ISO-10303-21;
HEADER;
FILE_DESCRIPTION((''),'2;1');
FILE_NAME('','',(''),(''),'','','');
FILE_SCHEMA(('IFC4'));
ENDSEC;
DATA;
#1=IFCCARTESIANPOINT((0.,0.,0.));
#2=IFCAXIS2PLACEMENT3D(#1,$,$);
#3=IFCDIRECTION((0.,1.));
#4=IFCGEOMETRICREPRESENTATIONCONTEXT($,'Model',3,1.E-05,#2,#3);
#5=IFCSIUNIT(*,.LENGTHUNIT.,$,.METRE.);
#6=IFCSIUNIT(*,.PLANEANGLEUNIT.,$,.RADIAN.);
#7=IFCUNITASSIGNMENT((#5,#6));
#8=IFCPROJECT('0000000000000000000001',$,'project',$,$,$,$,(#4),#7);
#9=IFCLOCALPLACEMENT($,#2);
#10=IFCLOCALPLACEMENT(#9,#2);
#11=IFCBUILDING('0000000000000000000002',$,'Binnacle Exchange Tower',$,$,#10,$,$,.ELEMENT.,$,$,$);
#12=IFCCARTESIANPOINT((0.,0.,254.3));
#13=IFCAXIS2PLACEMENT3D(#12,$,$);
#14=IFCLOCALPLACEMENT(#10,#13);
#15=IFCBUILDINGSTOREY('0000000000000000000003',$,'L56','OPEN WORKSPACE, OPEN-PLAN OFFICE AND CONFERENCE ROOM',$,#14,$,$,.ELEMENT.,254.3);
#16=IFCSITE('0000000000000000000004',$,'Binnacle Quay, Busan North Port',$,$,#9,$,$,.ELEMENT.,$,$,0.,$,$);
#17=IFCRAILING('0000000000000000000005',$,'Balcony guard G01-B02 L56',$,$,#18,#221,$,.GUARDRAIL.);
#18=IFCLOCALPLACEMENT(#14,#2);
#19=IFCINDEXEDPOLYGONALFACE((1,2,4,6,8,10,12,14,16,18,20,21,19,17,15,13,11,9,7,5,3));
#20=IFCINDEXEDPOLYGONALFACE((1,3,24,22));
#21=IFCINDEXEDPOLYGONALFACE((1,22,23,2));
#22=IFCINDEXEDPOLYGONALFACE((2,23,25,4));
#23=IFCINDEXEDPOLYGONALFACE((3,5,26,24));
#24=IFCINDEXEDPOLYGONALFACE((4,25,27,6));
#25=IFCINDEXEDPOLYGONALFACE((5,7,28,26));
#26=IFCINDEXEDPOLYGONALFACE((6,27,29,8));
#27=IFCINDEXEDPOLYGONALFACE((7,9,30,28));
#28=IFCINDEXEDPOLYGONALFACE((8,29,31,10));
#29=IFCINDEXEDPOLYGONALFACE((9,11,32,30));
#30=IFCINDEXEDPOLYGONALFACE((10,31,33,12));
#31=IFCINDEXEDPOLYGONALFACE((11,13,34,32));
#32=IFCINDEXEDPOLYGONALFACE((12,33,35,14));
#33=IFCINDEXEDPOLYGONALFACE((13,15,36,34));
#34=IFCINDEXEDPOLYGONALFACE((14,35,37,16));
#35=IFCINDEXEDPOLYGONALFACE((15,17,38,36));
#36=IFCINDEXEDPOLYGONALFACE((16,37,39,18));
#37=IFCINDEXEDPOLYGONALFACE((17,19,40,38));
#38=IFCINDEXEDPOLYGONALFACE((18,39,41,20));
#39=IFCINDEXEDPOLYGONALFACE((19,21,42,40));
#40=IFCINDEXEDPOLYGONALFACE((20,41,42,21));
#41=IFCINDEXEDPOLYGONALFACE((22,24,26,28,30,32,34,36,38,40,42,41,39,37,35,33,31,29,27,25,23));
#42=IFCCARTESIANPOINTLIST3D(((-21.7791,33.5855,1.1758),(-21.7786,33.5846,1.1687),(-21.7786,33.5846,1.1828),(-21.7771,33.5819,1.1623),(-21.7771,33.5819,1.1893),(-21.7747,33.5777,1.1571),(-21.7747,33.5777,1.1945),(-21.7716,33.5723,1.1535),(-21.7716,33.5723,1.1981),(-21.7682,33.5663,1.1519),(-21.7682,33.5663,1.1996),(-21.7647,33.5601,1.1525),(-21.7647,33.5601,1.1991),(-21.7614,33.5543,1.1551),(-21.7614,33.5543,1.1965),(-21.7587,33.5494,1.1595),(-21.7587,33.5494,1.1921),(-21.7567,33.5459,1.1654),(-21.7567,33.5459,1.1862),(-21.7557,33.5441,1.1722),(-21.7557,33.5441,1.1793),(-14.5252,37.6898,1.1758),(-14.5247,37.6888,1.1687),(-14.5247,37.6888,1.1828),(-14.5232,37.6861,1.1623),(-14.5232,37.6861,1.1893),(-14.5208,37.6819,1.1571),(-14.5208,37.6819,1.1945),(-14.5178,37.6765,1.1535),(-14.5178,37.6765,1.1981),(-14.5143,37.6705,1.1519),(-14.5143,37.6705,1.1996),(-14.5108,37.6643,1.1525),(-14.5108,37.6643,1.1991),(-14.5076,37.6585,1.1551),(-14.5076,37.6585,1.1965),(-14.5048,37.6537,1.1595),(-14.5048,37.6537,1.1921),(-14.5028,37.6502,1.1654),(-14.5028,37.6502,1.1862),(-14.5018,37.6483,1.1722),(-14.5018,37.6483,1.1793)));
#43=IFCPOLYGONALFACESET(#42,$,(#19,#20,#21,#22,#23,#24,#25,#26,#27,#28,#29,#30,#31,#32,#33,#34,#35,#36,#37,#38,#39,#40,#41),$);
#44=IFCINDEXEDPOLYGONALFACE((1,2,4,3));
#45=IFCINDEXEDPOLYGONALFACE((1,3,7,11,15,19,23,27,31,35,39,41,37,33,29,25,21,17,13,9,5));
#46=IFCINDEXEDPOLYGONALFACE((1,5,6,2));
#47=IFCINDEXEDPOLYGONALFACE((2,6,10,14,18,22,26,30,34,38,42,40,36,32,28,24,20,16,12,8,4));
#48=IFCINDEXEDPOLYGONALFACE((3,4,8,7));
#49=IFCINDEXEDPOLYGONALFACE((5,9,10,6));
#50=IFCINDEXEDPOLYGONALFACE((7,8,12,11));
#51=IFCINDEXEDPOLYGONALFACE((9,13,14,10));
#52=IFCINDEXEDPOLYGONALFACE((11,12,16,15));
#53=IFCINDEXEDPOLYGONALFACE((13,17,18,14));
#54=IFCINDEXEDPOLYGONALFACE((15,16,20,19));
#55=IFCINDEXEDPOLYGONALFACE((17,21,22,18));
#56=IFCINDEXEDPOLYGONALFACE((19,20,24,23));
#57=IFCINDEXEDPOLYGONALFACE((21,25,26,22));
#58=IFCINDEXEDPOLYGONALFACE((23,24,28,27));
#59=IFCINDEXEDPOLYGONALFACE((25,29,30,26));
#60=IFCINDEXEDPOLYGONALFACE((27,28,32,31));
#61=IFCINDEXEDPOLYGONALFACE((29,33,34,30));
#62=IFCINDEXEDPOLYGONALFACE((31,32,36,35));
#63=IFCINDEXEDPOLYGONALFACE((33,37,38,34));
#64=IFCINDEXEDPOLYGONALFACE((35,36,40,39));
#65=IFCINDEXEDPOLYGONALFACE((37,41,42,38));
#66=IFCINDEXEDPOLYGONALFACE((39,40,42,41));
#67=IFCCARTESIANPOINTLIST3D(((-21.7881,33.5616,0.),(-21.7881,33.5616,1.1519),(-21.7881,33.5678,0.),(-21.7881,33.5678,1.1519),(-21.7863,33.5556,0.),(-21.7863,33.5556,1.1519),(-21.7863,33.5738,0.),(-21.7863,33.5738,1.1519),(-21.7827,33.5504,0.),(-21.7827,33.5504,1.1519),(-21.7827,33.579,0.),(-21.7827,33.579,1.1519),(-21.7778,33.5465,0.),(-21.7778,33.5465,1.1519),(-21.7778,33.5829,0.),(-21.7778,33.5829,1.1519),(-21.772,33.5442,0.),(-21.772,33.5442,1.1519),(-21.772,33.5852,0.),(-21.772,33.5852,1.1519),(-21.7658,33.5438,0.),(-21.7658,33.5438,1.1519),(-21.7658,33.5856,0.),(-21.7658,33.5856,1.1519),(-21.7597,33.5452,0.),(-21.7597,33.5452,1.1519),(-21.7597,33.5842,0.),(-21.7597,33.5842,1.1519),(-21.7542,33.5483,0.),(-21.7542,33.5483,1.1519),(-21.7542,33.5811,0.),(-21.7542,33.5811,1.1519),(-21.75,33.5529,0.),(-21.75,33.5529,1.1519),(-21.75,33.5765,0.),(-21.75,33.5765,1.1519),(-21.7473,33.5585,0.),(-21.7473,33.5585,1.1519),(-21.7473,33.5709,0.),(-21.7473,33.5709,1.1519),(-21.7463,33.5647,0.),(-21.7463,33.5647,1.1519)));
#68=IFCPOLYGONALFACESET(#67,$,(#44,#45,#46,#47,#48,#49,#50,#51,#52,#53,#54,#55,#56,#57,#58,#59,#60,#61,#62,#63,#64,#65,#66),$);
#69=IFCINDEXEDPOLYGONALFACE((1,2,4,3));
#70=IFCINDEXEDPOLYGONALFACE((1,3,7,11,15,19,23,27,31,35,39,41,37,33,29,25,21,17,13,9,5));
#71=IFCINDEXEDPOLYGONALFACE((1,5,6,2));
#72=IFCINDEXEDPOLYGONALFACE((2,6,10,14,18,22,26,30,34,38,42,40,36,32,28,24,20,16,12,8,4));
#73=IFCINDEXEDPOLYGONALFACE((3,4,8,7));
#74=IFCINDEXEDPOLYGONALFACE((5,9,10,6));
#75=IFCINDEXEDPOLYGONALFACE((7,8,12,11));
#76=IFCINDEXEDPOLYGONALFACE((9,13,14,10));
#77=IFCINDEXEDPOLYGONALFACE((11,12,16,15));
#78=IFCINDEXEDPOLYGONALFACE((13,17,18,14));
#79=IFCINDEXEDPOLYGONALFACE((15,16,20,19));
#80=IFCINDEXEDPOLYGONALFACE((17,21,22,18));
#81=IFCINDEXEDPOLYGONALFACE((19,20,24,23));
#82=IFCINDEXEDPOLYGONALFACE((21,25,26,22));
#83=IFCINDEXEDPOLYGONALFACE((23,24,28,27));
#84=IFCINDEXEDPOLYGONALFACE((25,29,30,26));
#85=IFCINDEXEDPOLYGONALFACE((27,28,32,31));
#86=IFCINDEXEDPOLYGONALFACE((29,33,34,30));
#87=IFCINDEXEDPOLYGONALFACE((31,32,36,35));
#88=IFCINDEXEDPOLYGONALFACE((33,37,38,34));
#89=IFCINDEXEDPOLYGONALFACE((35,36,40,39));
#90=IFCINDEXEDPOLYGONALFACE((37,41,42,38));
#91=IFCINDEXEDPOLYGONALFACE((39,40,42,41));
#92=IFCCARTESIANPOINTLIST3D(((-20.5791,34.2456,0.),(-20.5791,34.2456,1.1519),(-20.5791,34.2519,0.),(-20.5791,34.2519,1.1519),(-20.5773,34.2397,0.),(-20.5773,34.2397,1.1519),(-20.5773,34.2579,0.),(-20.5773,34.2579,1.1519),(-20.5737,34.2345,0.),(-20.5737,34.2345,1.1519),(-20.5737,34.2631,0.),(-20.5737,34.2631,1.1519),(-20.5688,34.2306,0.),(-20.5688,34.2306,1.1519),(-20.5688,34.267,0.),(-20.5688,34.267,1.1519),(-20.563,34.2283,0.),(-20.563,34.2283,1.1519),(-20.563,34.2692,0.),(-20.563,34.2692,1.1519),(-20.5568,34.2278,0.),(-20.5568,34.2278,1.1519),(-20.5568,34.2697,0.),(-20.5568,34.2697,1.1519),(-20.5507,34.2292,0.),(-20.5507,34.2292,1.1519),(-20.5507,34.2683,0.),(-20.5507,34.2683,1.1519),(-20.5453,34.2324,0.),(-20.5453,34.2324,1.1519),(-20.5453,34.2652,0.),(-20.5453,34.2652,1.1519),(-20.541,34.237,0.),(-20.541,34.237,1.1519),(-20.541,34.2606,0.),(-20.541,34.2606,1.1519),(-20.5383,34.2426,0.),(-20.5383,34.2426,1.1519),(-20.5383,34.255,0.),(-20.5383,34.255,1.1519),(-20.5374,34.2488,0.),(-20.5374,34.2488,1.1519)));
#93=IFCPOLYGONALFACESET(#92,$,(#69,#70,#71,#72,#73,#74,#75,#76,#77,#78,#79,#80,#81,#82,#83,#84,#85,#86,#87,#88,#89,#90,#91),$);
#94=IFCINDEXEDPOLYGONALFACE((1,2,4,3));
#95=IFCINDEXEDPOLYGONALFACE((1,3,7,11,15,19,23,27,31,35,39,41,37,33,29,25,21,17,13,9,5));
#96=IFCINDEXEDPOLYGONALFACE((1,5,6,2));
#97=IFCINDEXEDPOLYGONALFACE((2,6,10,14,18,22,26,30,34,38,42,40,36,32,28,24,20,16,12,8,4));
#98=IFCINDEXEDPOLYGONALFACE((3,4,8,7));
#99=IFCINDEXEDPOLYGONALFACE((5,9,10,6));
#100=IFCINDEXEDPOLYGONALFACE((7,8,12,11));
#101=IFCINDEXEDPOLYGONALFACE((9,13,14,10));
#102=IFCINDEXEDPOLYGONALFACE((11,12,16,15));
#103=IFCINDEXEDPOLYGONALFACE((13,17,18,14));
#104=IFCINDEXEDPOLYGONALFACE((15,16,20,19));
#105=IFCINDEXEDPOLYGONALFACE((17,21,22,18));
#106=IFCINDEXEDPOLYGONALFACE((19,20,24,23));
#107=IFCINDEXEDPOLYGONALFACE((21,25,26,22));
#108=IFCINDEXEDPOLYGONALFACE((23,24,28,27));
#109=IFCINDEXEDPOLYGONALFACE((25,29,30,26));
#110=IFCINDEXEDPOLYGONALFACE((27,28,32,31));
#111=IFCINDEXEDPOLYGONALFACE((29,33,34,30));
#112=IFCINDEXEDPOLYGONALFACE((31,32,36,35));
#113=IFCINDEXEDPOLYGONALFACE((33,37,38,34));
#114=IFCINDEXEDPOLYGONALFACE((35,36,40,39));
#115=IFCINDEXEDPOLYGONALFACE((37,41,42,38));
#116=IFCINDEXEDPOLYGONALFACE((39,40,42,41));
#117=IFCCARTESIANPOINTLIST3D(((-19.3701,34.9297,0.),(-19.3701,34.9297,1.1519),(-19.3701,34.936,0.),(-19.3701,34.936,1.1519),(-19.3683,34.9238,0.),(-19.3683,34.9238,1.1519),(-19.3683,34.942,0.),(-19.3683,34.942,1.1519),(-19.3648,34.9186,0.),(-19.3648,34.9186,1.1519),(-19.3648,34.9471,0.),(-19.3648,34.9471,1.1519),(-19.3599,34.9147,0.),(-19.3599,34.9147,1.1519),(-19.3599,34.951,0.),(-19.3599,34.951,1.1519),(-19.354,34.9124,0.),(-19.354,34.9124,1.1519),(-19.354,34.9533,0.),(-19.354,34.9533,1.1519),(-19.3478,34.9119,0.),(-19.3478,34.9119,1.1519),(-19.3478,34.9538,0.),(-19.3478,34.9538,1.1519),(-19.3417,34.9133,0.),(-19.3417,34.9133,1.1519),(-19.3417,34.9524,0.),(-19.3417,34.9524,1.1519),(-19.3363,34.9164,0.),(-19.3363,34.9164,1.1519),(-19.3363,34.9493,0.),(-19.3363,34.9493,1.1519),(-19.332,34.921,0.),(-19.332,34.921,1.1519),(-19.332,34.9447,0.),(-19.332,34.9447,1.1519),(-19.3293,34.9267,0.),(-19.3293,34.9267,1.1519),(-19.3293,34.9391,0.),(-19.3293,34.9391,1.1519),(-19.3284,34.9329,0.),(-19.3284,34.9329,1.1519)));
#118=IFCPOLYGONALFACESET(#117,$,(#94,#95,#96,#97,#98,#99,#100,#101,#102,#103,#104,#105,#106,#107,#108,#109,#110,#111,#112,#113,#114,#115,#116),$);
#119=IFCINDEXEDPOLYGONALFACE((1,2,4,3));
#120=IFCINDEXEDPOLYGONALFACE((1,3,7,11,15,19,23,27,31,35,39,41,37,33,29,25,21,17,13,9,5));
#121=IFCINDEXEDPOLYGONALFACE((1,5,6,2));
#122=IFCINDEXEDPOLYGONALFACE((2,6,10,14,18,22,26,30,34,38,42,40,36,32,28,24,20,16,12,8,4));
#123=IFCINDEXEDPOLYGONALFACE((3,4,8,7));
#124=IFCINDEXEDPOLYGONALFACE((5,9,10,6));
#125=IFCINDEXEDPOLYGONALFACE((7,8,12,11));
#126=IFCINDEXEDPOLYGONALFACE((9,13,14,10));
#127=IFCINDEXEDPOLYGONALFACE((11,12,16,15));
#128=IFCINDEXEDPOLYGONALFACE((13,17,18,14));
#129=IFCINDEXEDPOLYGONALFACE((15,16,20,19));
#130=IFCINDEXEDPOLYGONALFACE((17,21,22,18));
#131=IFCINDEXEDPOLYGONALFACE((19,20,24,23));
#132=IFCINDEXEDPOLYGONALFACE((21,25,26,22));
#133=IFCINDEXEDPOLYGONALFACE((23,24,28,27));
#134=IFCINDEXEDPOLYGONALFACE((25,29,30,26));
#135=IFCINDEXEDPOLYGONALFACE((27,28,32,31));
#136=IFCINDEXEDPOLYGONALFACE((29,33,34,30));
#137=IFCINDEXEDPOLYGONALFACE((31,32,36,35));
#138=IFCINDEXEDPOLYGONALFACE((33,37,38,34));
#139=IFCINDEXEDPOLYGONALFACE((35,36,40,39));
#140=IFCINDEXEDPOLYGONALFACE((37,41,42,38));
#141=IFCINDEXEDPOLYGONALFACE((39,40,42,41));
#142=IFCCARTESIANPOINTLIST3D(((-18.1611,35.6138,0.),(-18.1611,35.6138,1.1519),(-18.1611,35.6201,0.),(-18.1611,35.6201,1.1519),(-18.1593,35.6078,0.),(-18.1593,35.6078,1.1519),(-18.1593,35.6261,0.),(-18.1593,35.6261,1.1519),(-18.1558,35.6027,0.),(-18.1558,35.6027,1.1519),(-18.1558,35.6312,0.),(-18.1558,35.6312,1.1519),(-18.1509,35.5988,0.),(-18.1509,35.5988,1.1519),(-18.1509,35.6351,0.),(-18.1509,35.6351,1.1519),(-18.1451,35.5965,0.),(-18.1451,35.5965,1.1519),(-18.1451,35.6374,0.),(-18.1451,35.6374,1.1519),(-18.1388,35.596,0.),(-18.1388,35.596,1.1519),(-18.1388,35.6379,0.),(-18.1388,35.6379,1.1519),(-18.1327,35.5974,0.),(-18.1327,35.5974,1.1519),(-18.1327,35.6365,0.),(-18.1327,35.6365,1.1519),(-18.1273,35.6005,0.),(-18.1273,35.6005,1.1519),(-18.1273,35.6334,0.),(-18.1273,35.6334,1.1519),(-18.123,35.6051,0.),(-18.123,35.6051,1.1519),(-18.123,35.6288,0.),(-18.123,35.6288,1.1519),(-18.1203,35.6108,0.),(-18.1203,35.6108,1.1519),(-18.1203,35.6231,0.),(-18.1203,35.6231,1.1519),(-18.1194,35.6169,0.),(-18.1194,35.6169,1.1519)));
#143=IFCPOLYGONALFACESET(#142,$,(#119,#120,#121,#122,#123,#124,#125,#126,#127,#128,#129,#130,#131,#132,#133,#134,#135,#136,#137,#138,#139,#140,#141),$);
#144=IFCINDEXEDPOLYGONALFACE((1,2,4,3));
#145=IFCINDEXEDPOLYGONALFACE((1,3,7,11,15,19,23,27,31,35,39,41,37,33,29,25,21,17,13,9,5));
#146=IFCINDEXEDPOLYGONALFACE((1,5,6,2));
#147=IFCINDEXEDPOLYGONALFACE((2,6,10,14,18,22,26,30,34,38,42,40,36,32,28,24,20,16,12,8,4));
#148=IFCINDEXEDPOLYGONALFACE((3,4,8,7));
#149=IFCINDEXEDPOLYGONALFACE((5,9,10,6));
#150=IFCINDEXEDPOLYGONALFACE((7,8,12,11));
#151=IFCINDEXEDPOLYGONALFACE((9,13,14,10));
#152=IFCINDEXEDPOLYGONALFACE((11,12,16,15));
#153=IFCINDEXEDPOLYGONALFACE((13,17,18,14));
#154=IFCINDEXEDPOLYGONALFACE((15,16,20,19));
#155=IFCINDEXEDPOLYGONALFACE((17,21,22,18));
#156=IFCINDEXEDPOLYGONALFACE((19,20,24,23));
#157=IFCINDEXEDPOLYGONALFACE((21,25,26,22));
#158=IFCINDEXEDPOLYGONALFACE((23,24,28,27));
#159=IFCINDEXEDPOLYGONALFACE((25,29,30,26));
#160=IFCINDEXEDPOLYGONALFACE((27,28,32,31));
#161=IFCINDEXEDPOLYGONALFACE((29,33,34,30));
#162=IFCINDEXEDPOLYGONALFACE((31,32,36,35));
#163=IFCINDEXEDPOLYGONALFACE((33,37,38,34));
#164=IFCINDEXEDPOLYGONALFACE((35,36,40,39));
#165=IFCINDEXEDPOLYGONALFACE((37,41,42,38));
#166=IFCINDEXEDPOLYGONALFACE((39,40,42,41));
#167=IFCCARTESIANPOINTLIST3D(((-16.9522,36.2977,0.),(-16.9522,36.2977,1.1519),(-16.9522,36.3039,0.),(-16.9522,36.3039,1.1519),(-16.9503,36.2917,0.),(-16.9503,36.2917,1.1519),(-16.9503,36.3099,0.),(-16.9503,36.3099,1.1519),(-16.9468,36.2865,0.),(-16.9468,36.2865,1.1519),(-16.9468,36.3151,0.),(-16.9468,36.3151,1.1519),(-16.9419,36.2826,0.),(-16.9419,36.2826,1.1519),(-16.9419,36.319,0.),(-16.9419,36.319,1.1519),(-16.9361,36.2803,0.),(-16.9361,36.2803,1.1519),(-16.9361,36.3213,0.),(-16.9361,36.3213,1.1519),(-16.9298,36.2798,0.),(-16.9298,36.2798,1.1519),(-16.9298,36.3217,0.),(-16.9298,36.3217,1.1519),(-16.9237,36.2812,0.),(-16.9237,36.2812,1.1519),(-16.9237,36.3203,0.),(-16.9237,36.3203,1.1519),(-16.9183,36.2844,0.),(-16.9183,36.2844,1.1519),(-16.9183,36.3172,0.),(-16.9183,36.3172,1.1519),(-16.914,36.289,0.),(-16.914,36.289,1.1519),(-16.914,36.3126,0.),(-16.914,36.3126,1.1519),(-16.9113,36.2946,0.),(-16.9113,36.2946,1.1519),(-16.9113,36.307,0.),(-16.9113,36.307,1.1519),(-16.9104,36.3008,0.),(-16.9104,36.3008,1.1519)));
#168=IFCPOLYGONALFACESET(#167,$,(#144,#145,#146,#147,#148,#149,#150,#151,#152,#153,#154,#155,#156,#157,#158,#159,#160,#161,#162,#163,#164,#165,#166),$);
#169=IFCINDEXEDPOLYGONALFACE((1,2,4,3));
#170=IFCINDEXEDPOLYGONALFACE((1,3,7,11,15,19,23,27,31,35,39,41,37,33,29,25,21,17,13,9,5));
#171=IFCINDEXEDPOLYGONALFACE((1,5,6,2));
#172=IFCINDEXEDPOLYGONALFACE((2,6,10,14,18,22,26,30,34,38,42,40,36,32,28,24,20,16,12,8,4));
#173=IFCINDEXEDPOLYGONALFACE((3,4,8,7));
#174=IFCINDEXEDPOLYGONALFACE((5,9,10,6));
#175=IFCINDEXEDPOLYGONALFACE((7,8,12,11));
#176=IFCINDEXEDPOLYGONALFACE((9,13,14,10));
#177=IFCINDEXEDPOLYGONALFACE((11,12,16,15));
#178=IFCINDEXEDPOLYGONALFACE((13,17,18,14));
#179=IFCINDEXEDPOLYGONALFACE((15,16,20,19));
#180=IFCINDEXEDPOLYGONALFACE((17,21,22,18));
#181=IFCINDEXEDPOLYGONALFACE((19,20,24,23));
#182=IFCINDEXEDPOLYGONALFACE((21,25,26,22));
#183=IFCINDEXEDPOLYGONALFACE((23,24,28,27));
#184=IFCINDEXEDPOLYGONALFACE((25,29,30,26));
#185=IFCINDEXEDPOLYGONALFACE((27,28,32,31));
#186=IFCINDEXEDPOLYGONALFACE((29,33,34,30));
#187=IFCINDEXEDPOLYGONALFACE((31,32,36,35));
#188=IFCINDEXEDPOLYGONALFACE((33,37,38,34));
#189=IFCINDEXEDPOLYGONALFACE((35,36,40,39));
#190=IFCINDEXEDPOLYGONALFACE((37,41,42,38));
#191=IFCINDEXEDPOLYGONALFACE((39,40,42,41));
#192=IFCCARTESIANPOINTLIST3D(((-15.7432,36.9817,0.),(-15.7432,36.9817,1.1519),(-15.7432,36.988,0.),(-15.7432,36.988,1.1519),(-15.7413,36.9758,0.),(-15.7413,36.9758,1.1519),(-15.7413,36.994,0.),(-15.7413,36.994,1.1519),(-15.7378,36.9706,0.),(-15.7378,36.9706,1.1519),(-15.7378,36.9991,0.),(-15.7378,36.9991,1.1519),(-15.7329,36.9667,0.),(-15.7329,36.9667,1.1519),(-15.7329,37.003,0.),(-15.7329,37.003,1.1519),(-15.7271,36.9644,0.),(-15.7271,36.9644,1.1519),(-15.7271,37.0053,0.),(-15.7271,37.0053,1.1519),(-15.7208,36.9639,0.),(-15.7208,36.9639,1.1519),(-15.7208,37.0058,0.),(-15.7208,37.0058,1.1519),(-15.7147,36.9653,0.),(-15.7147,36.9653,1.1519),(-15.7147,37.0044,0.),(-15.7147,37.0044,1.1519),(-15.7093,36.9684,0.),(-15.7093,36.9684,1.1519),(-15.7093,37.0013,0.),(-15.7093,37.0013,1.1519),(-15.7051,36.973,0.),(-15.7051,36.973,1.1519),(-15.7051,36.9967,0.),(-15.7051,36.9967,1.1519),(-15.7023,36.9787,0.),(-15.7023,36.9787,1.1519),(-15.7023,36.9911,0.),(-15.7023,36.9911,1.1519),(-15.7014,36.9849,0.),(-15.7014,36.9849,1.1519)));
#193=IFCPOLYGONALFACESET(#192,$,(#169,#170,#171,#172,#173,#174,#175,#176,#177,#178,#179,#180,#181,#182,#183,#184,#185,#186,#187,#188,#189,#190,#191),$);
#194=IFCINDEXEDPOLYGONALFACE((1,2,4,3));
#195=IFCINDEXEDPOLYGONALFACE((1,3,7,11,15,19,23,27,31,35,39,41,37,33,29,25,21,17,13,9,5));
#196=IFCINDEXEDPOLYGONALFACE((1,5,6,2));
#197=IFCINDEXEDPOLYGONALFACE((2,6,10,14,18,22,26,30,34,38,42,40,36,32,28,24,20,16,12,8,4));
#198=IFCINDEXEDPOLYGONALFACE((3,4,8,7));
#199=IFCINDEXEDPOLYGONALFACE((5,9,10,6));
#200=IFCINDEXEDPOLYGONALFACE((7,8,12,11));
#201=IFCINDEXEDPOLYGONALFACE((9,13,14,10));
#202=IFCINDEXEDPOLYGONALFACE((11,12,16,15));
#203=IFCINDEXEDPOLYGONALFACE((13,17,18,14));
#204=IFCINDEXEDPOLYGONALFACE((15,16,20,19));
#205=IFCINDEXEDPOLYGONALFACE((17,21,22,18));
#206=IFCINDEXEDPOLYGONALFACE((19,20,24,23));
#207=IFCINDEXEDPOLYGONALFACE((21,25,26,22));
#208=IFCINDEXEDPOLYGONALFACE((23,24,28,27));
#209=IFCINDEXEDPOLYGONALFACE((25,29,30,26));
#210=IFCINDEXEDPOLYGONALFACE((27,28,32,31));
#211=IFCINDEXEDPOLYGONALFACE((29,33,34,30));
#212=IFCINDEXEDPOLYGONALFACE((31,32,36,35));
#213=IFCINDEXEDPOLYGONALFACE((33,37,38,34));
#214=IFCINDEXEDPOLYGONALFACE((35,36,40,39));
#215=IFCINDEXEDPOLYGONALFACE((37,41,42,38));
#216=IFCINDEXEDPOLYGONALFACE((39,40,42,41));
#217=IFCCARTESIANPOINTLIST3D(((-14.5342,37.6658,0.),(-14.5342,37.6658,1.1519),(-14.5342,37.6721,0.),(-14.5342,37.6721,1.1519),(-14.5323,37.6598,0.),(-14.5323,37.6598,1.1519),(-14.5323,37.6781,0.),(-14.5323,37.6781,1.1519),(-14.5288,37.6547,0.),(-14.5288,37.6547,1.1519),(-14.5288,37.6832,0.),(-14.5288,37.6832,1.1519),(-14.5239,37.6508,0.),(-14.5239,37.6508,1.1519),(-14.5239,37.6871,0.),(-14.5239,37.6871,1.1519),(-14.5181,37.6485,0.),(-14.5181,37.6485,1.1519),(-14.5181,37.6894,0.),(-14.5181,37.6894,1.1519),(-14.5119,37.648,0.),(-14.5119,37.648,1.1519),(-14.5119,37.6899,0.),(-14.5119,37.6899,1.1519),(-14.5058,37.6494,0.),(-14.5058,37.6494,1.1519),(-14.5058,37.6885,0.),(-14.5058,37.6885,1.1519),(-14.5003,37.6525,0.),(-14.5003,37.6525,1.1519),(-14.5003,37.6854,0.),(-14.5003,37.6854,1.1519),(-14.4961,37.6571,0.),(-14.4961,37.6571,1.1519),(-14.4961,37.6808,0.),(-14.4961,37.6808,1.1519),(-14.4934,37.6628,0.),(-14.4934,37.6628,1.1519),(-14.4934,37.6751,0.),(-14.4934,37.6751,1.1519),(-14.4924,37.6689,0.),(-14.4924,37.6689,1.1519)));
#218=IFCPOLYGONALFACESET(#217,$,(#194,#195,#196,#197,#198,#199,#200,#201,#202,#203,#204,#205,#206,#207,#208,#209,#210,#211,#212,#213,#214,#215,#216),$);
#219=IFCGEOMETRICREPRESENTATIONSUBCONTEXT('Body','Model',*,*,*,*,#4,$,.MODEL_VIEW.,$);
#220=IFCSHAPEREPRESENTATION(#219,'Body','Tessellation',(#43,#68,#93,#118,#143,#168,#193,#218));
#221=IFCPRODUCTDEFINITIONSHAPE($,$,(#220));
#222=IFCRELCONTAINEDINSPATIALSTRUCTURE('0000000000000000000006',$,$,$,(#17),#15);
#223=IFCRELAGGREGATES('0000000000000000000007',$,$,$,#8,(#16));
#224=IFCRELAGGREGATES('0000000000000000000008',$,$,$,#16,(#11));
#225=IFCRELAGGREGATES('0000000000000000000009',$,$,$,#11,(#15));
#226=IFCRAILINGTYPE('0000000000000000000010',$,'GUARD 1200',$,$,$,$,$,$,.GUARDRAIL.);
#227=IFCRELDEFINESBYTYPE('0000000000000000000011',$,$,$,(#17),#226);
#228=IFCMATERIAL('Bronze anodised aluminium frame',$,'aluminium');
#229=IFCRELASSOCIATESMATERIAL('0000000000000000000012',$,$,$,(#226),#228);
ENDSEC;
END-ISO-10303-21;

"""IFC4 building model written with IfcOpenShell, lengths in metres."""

from ifc_helpers import new_model, si_unit, direction, frame, origin, origin_2d, place, context, subcontext, project, spatial, circle, extrude, material, type_object, element, save


model = new_model("IFC4")

# Units and contexts
model_context = context("Model", 3, precision=1e-05, world=origin(), true_north=direction((0.0, 1.0)))
body_context = subcontext(model_context, "Body", "Model", "MODEL_VIEW")
ifc_project = project(units=[si_unit("LENGTHUNIT", "METRE"), si_unit("PLANEANGLEUNIT", "RADIAN")], contexts=[model_context])

# Site, building, storey
site_placement = place(None, origin())
site = spatial("IfcSite", under=ifc_project, at=site_placement, Name="Binnacle Quay, Busan North Port", CompositionType="ELEMENT", RefElevation=0.0)
building_placement = place(site_placement, origin())
building = spatial("IfcBuilding", under=site, at=building_placement, Name="Binnacle Exchange Tower", CompositionType="ELEMENT")
storey_placement = place(building_placement, frame((0.0, 0.0, 254.3)))
storey = spatial("IfcBuildingStorey", under=building, at=storey_placement, Name="L56", Description="OPEN WORKSPACE, OPEN-PLAN OFFICE AND CONFERENCE ROOM", CompositionType="ELEMENT", Elevation=254.3)

# Railing
ifc_material_1 = material(Name="Bronze anodised aluminium frame", Category="aluminium")
railing_type = type_object("IfcRailingType", Name="GUARD 1200", PredefinedType="GUARDRAIL", material=ifc_material_1)
railing_placement = place(storey_placement, frame((-21.7673, 33.5647, 0.0)))
element("IfcRailing", 1, at=railing_placement, inside=storey, type_object=railing_type, Name="Balcony guard G01-B02 L56", PredefinedType="GUARDRAIL", context=body_context, shape_type="SweptSolid", body=[
    extrude(circle(Radius=0.0239, at=origin_2d()), frame((0.0, 0.0, 1.1758), z_axis=(0.870346, 0.49244, 0.0), x_axis=(-0.49244, 0.870346, 0.0)), (0.0, 0.0, 1.0), 8.3345),
    extrude(circle(Radius=0.021, at=origin_2d()), origin(), (0.0, 0.0, 1.0), 1.1519),
    extrude(circle(Radius=0.021, at=origin_2d()), frame((1.209, 0.6841, 0.0)), (0.0, 0.0, 1.0), 1.1519),
    extrude(circle(Radius=0.021, at=origin_2d()), frame((2.418, 1.3682, 0.0)), (0.0, 0.0, 1.0), 1.1519),
    extrude(circle(Radius=0.021, at=origin_2d()), frame((3.627, 2.0522, 0.0)), (0.0, 0.0, 1.0), 1.1519),
    extrude(circle(Radius=0.021, at=origin_2d()), frame((4.8359, 2.7361, 0.0)), (0.0, 0.0, 1.0), 1.1519),
    extrude(circle(Radius=0.021, at=origin_2d()), frame((6.0449, 3.4202, 0.0)), (0.0, 0.0, 1.0), 1.1519),
    extrude(circle(Radius=0.021, at=origin_2d()), frame((7.2539, 4.1042, 0.0)), (0.0, 0.0, 1.0), 1.1519),
])

save(model, "model.ifc")
